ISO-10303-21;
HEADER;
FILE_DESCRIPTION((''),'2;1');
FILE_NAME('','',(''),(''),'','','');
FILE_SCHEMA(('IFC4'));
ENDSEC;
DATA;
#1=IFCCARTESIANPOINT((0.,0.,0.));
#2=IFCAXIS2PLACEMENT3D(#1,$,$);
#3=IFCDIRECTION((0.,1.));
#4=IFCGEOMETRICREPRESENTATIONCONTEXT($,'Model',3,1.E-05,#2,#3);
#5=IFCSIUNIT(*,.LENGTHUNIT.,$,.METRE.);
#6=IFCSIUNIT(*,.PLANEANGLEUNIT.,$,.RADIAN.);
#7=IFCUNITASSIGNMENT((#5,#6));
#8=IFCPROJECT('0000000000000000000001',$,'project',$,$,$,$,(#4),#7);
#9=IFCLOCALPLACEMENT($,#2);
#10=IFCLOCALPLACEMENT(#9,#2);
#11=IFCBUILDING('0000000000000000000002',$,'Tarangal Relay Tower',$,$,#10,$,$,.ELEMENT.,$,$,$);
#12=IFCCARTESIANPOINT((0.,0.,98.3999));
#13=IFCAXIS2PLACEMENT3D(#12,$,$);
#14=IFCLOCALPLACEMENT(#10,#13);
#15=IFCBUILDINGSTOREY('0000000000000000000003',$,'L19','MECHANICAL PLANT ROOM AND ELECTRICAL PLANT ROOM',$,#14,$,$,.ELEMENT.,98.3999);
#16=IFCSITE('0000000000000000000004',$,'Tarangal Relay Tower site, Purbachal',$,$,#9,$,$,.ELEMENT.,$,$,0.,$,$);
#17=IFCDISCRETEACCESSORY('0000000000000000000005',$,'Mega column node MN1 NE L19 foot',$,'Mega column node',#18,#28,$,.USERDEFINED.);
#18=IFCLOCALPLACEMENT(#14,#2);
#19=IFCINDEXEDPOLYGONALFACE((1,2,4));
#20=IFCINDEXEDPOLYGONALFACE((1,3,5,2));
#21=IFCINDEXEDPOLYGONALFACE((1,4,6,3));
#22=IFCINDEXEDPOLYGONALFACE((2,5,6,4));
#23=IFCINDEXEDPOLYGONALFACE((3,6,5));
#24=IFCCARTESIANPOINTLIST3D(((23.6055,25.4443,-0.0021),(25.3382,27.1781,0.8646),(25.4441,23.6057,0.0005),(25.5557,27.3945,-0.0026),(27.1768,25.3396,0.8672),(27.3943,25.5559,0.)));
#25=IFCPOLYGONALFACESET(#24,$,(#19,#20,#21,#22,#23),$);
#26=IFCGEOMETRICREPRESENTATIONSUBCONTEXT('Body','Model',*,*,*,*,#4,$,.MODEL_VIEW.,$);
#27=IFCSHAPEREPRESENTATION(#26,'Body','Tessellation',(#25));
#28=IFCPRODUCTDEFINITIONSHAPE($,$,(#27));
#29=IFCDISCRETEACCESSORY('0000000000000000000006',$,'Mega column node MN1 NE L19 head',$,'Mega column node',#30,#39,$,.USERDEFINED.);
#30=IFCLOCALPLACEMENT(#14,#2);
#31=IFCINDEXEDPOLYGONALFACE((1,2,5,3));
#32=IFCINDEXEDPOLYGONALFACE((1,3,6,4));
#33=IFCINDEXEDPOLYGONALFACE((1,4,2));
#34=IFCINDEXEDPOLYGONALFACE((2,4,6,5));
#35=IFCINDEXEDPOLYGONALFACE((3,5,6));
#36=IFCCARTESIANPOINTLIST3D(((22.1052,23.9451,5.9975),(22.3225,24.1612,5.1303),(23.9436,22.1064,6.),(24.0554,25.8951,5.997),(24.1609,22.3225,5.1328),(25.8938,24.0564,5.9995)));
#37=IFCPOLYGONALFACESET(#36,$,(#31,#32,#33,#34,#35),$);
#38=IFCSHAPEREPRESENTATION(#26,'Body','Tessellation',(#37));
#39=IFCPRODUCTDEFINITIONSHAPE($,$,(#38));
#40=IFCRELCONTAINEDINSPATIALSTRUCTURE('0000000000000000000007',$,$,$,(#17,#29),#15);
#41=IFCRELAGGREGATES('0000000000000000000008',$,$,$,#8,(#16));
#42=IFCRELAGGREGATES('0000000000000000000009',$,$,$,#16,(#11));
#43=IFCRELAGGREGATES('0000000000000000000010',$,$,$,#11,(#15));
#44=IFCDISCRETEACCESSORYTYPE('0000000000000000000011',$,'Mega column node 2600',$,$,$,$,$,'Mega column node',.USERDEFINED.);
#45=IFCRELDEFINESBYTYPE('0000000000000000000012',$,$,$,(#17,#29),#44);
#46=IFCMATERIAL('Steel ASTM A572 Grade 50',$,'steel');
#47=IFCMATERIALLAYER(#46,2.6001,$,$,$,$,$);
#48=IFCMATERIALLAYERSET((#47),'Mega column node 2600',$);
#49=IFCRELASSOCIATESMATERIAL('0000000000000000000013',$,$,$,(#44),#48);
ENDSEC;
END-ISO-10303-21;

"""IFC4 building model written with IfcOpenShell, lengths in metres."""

from ifc_helpers import new_model, si_unit, direction, frame, origin, place, context, subcontext, project, spatial, polyline, outline, extrude, material, layer, layer_set, type_object, element, save


model = new_model("IFC4")

# Units and contexts
model_context = context("Model", 3, precision=1e-05, world=origin(), true_north=direction((0.0, 1.0)))
body_context = subcontext(model_context, "Body", "Model", "MODEL_VIEW")
ifc_project = project(units=[si_unit("LENGTHUNIT", "METRE"), si_unit("PLANEANGLEUNIT", "RADIAN")], contexts=[model_context])

# Site, building, storey
site_placement = place(None, origin())
site = spatial("IfcSite", under=ifc_project, at=site_placement, Name="Tarangal Relay Tower site, Purbachal", CompositionType="ELEMENT", RefElevation=0.0)
building_placement = place(site_placement, origin())
building = spatial("IfcBuilding", under=site, at=building_placement, Name="Tarangal Relay Tower", CompositionType="ELEMENT")
storey_placement = place(building_placement, frame((0.0, 0.0, 98.3999)))
storey = spatial("IfcBuildingStorey", under=building, at=storey_placement, Name="L19", Description="MECHANICAL PLANT ROOM AND ELECTRICAL PLANT ROOM", CompositionType="ELEMENT", Elevation=98.3999)

# Shared definitions
ifc_material_1 = material(Name="Steel ASTM A572 Grade 50", Category="steel")

# Discrete accessories
ifc_layer_1 = layer(ifc_material_1, 2.6001)
ifc_layer_set_1 = layer_set([ifc_layer_1], Name="Mega column node 2600")
discrete_accessory_type = type_object("IfcDiscreteAccessoryType", Name="Mega column node 2600", ElementType="Mega column node", PredefinedType="USERDEFINED", material=ifc_layer_set_1)
discrete_accessory_1_placement = place(storey_placement, frame((25.4441, 23.6057, 0.0005), z_axis=(0.707107, -0.707106, 0.000995), x_axis=(0.666427, 0.666896, 0.333354)))
element("IfcDiscreteAccessory", 1, at=discrete_accessory_1_placement, inside=storey, type_object=discrete_accessory_type, Name="Mega column node MN1 NE L19 foot", ObjectType="Mega column node", PredefinedType="USERDEFINED", context=body_context, shape_type="SweptSolid", body=[
    extrude(outline(polyline([(0.0, 0.0), (2.5999, 0.0), (2.6001, -0.9198), (0.0, 0.0)])), origin(), (0.0, 0.0, -1.0), 2.6001),
])
discrete_accessory_2_placement = place(storey_placement, frame((25.8938, 24.0564, 5.9995), z_axis=(0.707062, -0.707151, 0.000973), x_axis=(-0.666479, -0.666854, -0.333333)))
element("IfcDiscreteAccessory", 2, at=discrete_accessory_2_placement, inside=storey, type_object=discrete_accessory_type, Name="Mega column node MN1 NE L19 head", ObjectType="Mega column node", PredefinedType="USERDEFINED", context=body_context, shape_type="SweptSolid", body=[
    extrude(outline(polyline([(0.0, 0.0), (2.6001, 0.0), (2.5999, -0.9197), (0.0, 0.0)])), origin(), (0.0, 0.0, -1.0), 2.6001),
])

save(model, "model.ifc")
